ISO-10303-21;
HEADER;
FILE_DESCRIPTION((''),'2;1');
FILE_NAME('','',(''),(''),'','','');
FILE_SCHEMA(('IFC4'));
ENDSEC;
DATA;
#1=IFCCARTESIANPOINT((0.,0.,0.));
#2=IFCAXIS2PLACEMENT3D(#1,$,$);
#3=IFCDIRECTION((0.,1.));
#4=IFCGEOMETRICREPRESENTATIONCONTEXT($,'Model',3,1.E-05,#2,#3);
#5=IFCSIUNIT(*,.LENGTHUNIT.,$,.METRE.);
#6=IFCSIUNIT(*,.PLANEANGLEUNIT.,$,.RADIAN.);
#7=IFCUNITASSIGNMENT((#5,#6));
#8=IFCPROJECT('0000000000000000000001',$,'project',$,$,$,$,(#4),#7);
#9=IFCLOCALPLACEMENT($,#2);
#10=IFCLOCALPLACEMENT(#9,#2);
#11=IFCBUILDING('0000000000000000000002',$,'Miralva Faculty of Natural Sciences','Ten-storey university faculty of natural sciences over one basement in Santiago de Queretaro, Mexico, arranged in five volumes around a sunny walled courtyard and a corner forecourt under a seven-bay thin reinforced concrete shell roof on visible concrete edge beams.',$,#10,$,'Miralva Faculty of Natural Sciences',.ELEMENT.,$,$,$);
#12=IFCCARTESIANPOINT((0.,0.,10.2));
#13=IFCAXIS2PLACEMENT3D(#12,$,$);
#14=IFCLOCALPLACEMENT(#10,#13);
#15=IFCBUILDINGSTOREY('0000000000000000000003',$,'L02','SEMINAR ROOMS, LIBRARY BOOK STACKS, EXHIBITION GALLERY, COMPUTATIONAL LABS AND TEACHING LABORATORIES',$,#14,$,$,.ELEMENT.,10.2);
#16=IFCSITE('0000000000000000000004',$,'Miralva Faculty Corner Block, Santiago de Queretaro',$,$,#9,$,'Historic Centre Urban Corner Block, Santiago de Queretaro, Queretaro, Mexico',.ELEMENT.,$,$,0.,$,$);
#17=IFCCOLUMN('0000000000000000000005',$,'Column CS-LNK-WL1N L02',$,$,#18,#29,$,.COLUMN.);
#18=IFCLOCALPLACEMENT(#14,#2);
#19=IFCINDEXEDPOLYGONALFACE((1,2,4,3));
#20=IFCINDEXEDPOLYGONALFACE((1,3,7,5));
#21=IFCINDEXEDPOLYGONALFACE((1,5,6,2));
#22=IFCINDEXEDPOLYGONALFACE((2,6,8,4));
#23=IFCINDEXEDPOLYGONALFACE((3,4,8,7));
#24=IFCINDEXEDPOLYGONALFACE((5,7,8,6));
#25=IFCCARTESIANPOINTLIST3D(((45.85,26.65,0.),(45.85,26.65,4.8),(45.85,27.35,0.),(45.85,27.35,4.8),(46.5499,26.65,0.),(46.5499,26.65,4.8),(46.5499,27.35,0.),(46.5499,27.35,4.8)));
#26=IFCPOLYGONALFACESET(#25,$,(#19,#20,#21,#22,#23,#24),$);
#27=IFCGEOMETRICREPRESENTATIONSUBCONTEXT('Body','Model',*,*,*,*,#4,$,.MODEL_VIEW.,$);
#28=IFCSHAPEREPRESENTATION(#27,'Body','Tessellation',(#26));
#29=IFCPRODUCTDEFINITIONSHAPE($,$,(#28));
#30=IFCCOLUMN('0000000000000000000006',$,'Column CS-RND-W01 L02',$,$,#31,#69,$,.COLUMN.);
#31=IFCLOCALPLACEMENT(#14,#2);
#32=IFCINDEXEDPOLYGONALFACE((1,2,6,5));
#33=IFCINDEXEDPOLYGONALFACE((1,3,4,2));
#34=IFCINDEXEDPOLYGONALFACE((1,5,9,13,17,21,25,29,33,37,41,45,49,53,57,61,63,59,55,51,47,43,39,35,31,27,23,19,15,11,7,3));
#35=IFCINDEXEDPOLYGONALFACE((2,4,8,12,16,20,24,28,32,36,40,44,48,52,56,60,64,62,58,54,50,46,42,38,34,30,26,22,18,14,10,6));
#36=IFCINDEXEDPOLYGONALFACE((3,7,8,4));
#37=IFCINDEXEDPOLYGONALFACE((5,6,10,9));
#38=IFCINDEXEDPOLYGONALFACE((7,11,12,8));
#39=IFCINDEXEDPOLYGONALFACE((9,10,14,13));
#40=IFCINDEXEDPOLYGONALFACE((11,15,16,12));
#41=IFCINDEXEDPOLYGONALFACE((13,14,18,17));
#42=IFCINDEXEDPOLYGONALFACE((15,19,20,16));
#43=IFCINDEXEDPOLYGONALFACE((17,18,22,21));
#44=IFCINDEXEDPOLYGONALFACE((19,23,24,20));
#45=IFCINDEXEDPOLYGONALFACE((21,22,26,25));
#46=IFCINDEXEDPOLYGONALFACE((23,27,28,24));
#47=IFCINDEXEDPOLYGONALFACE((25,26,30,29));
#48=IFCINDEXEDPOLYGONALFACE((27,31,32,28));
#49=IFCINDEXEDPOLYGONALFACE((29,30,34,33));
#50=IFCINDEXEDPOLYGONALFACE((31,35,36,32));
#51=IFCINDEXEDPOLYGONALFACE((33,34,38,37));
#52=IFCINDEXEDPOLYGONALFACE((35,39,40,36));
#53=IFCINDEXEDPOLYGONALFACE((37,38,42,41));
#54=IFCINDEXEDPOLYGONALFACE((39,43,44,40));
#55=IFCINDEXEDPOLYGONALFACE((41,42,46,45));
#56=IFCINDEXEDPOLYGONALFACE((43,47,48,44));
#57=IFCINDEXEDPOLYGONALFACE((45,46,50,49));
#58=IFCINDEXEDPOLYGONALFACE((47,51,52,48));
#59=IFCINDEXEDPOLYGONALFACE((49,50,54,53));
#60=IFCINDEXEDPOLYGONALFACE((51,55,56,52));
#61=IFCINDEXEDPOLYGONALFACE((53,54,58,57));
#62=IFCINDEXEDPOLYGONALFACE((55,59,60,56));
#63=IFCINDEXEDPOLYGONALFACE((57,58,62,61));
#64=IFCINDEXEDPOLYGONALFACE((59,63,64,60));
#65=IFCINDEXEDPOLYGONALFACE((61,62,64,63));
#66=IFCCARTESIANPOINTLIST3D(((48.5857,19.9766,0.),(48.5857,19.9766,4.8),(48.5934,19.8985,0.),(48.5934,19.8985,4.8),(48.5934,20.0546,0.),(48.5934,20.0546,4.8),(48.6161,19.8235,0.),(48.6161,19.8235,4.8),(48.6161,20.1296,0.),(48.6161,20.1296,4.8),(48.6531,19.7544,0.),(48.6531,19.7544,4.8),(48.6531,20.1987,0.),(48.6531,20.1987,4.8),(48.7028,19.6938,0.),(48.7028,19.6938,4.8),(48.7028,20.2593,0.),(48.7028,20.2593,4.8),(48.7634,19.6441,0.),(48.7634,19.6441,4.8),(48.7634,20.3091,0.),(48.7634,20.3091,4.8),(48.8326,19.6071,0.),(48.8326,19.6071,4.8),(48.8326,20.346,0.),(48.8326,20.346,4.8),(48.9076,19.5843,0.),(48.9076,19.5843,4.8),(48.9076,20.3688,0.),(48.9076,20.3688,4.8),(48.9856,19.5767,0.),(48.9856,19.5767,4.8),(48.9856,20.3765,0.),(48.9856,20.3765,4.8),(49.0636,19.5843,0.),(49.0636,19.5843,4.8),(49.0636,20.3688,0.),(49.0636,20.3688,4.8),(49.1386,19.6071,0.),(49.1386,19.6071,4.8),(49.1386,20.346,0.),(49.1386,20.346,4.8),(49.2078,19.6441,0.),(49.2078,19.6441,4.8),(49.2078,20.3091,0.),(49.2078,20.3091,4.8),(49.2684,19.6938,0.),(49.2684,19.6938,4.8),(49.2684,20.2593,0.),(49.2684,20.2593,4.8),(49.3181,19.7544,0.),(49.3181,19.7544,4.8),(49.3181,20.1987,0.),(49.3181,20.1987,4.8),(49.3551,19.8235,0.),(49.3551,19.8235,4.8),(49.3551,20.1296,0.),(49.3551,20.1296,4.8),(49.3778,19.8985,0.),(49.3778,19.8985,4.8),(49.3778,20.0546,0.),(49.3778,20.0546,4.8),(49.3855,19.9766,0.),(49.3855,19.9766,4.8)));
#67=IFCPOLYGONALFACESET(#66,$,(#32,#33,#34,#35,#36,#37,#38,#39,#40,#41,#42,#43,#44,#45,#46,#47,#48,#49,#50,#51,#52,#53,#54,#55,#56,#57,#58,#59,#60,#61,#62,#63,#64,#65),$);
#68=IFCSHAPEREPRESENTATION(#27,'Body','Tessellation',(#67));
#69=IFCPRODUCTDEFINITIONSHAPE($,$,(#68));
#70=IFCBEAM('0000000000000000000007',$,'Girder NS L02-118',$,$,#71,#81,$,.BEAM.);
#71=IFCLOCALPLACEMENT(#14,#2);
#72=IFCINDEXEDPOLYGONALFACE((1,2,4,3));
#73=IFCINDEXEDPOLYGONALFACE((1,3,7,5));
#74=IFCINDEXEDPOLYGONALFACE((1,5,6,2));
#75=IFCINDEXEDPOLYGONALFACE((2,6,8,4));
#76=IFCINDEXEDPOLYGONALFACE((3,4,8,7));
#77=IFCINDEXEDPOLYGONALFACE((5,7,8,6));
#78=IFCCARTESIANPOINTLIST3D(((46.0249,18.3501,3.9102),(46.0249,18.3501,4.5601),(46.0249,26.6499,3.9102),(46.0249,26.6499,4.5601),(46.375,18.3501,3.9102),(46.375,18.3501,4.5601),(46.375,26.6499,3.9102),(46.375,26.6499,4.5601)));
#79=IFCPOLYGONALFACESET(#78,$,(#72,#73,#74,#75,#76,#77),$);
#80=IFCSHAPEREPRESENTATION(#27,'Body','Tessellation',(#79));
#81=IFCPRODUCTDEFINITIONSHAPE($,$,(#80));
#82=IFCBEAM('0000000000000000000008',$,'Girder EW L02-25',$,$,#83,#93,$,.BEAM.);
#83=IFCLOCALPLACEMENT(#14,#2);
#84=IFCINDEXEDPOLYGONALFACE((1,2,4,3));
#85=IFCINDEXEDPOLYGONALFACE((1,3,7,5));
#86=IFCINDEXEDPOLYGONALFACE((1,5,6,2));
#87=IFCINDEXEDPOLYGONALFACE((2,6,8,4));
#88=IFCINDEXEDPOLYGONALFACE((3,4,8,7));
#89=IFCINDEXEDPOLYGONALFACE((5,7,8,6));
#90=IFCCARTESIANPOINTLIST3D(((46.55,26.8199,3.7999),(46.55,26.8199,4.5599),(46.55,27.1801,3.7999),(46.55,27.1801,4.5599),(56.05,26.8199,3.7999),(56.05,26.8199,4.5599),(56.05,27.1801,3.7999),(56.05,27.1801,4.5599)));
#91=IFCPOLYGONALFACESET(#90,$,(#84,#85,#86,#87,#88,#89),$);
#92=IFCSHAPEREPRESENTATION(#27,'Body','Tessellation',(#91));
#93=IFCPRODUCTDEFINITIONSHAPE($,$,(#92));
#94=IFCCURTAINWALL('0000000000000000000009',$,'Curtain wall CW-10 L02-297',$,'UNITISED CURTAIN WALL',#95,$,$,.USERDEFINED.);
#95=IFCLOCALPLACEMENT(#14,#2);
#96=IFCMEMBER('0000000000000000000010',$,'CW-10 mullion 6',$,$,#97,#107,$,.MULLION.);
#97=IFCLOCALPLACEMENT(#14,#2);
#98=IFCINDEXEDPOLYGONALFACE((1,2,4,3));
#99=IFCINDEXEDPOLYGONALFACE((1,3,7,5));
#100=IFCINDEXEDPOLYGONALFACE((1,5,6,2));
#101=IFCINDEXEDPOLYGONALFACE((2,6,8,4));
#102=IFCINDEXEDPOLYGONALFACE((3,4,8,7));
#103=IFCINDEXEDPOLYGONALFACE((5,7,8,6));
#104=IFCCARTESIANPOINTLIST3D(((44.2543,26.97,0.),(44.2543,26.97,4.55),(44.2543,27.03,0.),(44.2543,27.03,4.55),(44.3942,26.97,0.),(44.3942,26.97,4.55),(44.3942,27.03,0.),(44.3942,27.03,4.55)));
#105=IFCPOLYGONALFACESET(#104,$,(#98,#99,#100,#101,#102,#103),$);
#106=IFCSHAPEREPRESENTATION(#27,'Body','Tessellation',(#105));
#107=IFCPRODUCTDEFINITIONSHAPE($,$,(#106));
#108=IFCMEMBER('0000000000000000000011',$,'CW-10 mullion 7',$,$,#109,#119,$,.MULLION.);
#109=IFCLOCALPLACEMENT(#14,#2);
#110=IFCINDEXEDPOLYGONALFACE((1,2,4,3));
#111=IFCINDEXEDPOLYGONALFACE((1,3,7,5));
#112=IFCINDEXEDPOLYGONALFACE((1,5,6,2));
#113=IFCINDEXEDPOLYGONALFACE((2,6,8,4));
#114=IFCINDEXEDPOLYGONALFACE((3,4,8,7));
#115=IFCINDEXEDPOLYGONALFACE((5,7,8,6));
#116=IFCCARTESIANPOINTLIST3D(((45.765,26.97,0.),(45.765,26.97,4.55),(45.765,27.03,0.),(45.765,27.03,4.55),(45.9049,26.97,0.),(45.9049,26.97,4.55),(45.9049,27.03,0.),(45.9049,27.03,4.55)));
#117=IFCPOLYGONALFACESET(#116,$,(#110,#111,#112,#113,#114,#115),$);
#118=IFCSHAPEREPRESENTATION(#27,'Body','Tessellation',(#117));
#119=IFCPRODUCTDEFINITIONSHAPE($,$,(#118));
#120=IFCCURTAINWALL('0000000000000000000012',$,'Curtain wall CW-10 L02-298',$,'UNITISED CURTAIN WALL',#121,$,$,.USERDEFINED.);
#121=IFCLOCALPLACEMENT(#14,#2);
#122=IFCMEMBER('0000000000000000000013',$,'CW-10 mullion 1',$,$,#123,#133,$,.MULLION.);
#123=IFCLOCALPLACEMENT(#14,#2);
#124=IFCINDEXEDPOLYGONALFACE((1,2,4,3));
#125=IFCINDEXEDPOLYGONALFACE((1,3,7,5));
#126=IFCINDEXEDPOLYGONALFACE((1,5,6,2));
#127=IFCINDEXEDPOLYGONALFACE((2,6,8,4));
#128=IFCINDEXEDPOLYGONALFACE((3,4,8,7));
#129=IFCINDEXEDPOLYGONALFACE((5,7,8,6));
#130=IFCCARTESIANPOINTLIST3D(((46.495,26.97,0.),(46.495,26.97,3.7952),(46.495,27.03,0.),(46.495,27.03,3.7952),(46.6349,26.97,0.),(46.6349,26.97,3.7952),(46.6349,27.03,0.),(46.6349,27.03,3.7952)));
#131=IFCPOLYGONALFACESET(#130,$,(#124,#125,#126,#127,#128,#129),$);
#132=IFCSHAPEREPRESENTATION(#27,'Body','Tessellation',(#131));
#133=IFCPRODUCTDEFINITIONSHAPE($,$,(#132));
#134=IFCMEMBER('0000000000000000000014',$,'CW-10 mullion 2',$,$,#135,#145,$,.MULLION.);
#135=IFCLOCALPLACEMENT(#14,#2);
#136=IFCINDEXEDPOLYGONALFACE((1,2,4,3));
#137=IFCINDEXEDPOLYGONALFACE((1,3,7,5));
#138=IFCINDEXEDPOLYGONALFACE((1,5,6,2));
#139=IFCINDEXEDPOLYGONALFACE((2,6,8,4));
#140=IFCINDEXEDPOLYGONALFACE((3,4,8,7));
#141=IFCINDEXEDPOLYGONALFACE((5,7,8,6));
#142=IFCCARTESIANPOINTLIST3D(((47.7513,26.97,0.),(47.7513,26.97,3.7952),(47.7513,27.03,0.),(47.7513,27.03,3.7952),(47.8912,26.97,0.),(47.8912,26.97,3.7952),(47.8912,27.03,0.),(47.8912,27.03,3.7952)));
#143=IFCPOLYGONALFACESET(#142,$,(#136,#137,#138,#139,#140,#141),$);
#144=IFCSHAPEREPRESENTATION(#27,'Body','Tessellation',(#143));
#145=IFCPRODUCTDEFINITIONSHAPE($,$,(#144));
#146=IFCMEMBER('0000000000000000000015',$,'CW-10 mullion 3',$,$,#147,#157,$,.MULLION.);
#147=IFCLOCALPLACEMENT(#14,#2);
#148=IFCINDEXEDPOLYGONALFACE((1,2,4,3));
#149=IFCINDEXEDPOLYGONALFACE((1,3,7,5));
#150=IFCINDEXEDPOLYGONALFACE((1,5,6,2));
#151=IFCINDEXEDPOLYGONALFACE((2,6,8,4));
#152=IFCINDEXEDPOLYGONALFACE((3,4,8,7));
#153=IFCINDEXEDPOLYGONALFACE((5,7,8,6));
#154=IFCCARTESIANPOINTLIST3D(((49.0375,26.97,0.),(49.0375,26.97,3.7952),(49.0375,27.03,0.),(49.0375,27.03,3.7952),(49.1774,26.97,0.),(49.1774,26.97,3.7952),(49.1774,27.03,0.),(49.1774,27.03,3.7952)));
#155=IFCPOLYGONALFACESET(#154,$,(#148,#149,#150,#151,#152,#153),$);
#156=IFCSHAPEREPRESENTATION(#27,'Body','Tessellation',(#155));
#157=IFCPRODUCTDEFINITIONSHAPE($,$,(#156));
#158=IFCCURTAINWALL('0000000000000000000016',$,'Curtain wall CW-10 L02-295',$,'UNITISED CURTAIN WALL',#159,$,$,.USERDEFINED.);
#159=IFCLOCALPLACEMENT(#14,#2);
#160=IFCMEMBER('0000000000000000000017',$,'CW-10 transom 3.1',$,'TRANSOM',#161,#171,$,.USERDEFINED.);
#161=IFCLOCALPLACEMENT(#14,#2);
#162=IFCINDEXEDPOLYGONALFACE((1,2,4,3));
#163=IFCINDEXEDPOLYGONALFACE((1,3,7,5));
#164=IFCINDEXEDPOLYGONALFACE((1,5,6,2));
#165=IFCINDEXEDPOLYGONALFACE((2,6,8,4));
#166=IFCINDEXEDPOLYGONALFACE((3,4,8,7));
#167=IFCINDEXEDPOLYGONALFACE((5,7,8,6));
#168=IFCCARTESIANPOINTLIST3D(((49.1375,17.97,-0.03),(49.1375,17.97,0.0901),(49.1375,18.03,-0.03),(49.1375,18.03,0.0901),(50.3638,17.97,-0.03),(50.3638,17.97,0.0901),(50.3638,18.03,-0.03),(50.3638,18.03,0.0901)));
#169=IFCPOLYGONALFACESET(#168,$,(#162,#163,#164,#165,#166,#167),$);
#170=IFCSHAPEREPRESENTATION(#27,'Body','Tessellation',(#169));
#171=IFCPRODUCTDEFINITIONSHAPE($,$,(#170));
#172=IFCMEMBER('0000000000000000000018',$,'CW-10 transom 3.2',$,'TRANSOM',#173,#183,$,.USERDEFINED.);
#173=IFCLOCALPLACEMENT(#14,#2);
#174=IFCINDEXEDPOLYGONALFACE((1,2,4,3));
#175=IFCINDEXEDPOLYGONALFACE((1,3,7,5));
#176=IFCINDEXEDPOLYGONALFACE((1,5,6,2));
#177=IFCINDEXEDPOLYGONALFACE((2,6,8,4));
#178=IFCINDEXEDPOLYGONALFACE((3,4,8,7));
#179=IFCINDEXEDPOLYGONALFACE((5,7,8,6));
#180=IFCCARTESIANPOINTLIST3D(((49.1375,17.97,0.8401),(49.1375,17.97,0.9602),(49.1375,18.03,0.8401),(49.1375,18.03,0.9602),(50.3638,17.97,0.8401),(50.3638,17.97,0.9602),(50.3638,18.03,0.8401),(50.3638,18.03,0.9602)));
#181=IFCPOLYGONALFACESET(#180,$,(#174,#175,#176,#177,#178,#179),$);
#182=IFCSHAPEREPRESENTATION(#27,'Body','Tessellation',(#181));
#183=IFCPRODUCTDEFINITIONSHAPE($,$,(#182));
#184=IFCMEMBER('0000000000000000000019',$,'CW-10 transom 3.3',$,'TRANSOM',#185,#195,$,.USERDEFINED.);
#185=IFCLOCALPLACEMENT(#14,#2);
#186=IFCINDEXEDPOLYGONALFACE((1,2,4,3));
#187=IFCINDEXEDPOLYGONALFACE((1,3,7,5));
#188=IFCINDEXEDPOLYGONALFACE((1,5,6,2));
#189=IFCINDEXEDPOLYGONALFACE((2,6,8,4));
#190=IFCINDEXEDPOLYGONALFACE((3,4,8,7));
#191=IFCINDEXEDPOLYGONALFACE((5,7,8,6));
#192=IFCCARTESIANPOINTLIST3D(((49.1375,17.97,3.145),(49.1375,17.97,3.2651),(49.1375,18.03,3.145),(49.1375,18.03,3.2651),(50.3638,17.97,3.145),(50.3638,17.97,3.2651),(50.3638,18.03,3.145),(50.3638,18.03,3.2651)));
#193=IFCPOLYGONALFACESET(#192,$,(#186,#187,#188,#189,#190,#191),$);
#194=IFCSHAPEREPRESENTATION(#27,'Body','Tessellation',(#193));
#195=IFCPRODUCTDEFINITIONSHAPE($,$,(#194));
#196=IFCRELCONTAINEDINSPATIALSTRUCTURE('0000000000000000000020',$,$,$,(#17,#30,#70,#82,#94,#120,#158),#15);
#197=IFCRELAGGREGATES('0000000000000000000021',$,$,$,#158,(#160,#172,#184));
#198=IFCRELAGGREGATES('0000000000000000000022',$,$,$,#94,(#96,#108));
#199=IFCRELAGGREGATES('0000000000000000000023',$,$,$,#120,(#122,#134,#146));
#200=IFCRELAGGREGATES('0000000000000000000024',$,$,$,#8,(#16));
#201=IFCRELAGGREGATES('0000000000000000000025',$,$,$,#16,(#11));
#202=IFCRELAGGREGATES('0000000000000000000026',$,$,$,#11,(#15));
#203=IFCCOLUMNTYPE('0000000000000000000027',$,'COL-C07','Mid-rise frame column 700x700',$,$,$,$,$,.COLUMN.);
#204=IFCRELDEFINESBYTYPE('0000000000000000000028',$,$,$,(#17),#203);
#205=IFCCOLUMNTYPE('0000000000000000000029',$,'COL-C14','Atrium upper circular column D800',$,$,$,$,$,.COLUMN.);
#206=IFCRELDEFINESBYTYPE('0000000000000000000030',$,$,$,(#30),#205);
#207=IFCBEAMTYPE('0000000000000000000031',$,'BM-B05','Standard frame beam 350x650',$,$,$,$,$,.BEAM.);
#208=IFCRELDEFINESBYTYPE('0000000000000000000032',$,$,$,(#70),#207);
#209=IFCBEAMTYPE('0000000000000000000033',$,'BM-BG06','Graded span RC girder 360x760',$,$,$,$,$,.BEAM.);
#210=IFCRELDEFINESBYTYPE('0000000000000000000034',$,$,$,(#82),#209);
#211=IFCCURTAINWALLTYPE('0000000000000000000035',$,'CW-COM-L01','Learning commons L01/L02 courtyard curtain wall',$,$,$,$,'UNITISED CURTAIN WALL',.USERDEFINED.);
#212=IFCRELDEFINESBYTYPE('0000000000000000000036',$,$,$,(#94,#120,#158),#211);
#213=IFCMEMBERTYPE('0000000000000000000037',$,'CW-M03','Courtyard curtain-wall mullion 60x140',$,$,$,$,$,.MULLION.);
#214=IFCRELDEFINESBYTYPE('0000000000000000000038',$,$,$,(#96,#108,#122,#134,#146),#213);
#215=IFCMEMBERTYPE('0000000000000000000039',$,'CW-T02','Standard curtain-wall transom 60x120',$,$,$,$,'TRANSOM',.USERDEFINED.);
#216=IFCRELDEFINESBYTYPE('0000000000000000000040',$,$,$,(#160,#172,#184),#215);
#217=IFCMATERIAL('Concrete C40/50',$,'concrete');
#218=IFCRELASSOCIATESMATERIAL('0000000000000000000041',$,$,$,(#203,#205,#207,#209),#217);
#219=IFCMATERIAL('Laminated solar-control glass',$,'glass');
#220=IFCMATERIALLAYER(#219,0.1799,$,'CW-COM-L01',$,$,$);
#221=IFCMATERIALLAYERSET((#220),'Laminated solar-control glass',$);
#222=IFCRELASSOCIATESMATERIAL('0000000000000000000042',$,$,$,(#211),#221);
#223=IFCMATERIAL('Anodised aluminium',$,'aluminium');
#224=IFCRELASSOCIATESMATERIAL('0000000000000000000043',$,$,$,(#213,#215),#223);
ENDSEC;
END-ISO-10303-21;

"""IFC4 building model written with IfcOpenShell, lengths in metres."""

from ifc_helpers import new_model, si_unit, direction, frame, origin, origin_2d, place, context, subcontext, project, spatial, rectangle, circle, extrude, material, layer, layer_set, material_profile, profile_set, type_object, element, aggregate, save


model = new_model("IFC4")

# Units and contexts
model_context = context("Model", 3, precision=1e-05, world=origin(), true_north=direction((0.0, 1.0)))
body_context = subcontext(model_context, "Body", "Model", "MODEL_VIEW")
ifc_project = project(units=[si_unit("LENGTHUNIT", "METRE"), si_unit("PLANEANGLEUNIT", "RADIAN")], contexts=[model_context])

# Site, building, storey
site_placement = place(None, origin())
site = spatial("IfcSite", under=ifc_project, at=site_placement, Name="Miralva Faculty Corner Block, Santiago de Queretaro", LongName="Historic Centre Urban Corner Block, Santiago de Queretaro, Queretaro, Mexico", CompositionType="ELEMENT", RefElevation=0.0)
building_placement = place(site_placement, origin())
building = spatial("IfcBuilding", under=site, at=building_placement, Name="Miralva Faculty of Natural Sciences", Description="Ten-storey university faculty of natural sciences over one basement in Santiago de Queretaro, Mexico, arranged in five volumes around a sunny walled courtyard and a corner forecourt under a seven-bay thin reinforced concrete shell roof on visible concrete edge beams.", LongName="Miralva Faculty of Natural Sciences", CompositionType="ELEMENT")
storey_placement = place(building_placement, frame((0.0, 0.0, 10.2)))
storey = spatial("IfcBuildingStorey", under=building, at=storey_placement, Name="L02", Description="SEMINAR ROOMS, LIBRARY BOOK STACKS, EXHIBITION GALLERY, COMPUTATIONAL LABS AND TEACHING LABORATORIES", CompositionType="ELEMENT", Elevation=10.2)

# Columns
ifc_material_1 = material(Name="Concrete C40/50", Category="concrete")
ifc_material_profile_1 = material_profile(ifc_material_1, rectangle(XDim=0.7, YDim=0.7, at=origin_2d()), Name="RC 700x700")
ifc_profile_set_1 = profile_set([ifc_material_profile_1], Name="Concrete C40/50")
column_type_1 = type_object("IfcColumnType", Name="COL-C07", Description="Mid-rise frame column 700x700", PredefinedType="COLUMN", material=ifc_profile_set_1)
column_1_placement = place(storey_placement, frame((46.2, 27.0, 0.0), z_axis=(0.0, 0.0, 1.0), x_axis=(1.0, 0.0, 0.0)))
element("IfcColumn", 1, at=column_1_placement, inside=storey, type_object=column_type_1, Name="Column CS-LNK-WL1N L02", PredefinedType="COLUMN", context=body_context, shape_type="SweptSolid", body=[
    extrude(rectangle(XDim=0.7, YDim=0.7, at=origin_2d()), origin(), (0.0, 0.0, 1.0), 4.8),
])
ifc_material_profile_2 = material_profile(ifc_material_1, circle(Radius=0.3999, at=origin_2d()), Name="RC DIA 800")
ifc_profile_set_2 = profile_set([ifc_material_profile_2], Name="Concrete C40/50")
column_type_2 = type_object("IfcColumnType", Name="COL-C14", Description="Atrium upper circular column D800", PredefinedType="COLUMN", material=ifc_profile_set_2)
column_2_placement = place(storey_placement, frame((48.9856, 19.9766, 0.0), z_axis=(0.0, 0.0, 1.0), x_axis=(1.0, 0.0, 0.0)))
element("IfcColumn", 2, at=column_2_placement, inside=storey, type_object=column_type_2, Name="Column CS-RND-W01 L02", PredefinedType="COLUMN", context=body_context, shape_type="SweptSolid", body=[
    extrude(circle(Radius=0.3999, at=origin_2d()), origin(), (0.0, 0.0, 1.0), 4.8),
])

# Beams
ifc_material_profile_3 = material_profile(ifc_material_1, rectangle(XDim=0.3501, YDim=0.6499, at=origin_2d()), Name="RC 350x650")
ifc_profile_set_3 = profile_set([ifc_material_profile_3], Name="Concrete C40/50")
beam_type_1 = type_object("IfcBeamType", Name="BM-B05", Description="Standard frame beam 350x650", PredefinedType="BEAM", material=ifc_profile_set_3)
beam_1_placement = place(storey_placement, frame((46.2, 18.3501, 4.2351), z_axis=(0.0, 1.0, 0.0), x_axis=(-1.0, 0.0, 0.0)))
element("IfcBeam", 3, at=beam_1_placement, inside=storey, type_object=beam_type_1, Name="Girder NS L02-118", PredefinedType="BEAM", context=body_context, shape_type="SweptSolid", body=[
    extrude(rectangle(XDim=0.3501, YDim=0.6499, at=origin_2d()), origin(), (0.0, 0.0, 1.0), 8.2998),
])
ifc_material_profile_4 = material_profile(ifc_material_1, rectangle(XDim=0.3601, YDim=0.76, at=origin_2d()), Name="RC 360x760")
ifc_profile_set_4 = profile_set([ifc_material_profile_4], Name="Concrete C40/50")
beam_type_2 = type_object("IfcBeamType", Name="BM-BG06", Description="Graded span RC girder 360x760", PredefinedType="BEAM", material=ifc_profile_set_4)
beam_2_placement = place(storey_placement, frame((46.55, 27.0, 4.1799), z_axis=(1.0, 0.0, 0.0), x_axis=(0.0, 1.0, 0.0)))
element("IfcBeam", 4, at=beam_2_placement, inside=storey, type_object=beam_type_2, Name="Girder EW L02-25", PredefinedType="BEAM", context=body_context, shape_type="SweptSolid", body=[
    extrude(rectangle(XDim=0.3601, YDim=0.76, at=origin_2d()), origin(), (0.0, 0.0, 1.0), 9.5),
])

# Curtain walls, members
ifc_material_2 = material(Name="Laminated solar-control glass", Category="glass")
ifc_layer_1 = layer(ifc_material_2, 0.1799, Name="CW-COM-L01")
ifc_layer_set_1 = layer_set([ifc_layer_1], Name="Laminated solar-control glass")
curtain_wall_type = type_object("IfcCurtainWallType", Name="CW-COM-L01", Description="Learning commons L01/L02 courtyard curtain wall", ElementType="UNITISED CURTAIN WALL", PredefinedType="USERDEFINED", material=ifc_layer_set_1)
curtain_wall_1_placement = place(storey_placement, origin())
curtain_wall_1 = element("IfcCurtainWall", 5, at=curtain_wall_1_placement, inside=storey, type_object=curtain_wall_type, Name="Curtain wall CW-10 L02-297", ObjectType="UNITISED CURTAIN WALL", PredefinedType="USERDEFINED")
ifc_material_3 = material(Name="Anodised aluminium", Category="aluminium")
ifc_material_profile_5 = material_profile(ifc_material_3, rectangle(XDim=0.0601, YDim=0.1399, at=origin_2d()), Name="MULLION 60x140")
ifc_profile_set_5 = profile_set([ifc_material_profile_5], Name="Anodised aluminium")
member_type_1 = type_object("IfcMemberType", Name="CW-M03", Description="Courtyard curtain-wall mullion 60x140", PredefinedType="MULLION", material=ifc_profile_set_5)
member_1_placement = place(storey_placement, frame((44.3242, 27.0, 0.0), z_axis=(0.0, 0.0, 1.0), x_axis=(0.0, 1.0, 0.0)))
member_1 = element("IfcMember", 6, at=member_1_placement, type_object=member_type_1, Name="CW-10 mullion 6", PredefinedType="MULLION", context=body_context, shape_type="SweptSolid", body=[
    extrude(rectangle(XDim=0.0601, YDim=0.1399, at=origin_2d()), origin(), (0.0, 0.0, 1.0), 4.55),
])
member_2_placement = place(storey_placement, frame((45.835, 27.0, 0.0), z_axis=(0.0, 0.0, 1.0), x_axis=(0.0, 1.0, 0.0)))
member_2 = element("IfcMember", 7, at=member_2_placement, type_object=member_type_1, Name="CW-10 mullion 7", PredefinedType="MULLION", context=body_context, shape_type="SweptSolid", body=[
    extrude(rectangle(XDim=0.0601, YDim=0.1399, at=origin_2d()), origin(), (0.0, 0.0, 1.0), 4.55),
])
curtain_wall_2_placement = place(storey_placement, origin())
curtain_wall_2 = element("IfcCurtainWall", 8, at=curtain_wall_2_placement, inside=storey, type_object=curtain_wall_type, Name="Curtain wall CW-10 L02-298", ObjectType="UNITISED CURTAIN WALL", PredefinedType="USERDEFINED")
member_3_placement = place(storey_placement, frame((46.5649, 27.0, 0.0), z_axis=(0.0, 0.0, 1.0), x_axis=(0.0, 1.0, 0.0)))
member_3 = element("IfcMember", 9, at=member_3_placement, type_object=member_type_1, Name="CW-10 mullion 1", PredefinedType="MULLION", context=body_context, shape_type="SweptSolid", body=[
    extrude(rectangle(XDim=0.0601, YDim=0.1399, at=origin_2d()), origin(), (0.0, 0.0, 1.0), 3.7952),
])
member_4_placement = place(storey_placement, frame((47.8213, 27.0, 0.0), z_axis=(0.0, 0.0, 1.0), x_axis=(0.0, 1.0, 0.0)))
member_4 = element("IfcMember", 10, at=member_4_placement, type_object=member_type_1, Name="CW-10 mullion 2", PredefinedType="MULLION", context=body_context, shape_type="SweptSolid", body=[
    extrude(rectangle(XDim=0.0601, YDim=0.1399, at=origin_2d()), origin(), (0.0, 0.0, 1.0), 3.7952),
])
member_5_placement = place(storey_placement, frame((49.1074, 27.0, 0.0), z_axis=(0.0, 0.0, 1.0), x_axis=(0.0, 1.0, 0.0)))
member_5 = element("IfcMember", 11, at=member_5_placement, type_object=member_type_1, Name="CW-10 mullion 3", PredefinedType="MULLION", context=body_context, shape_type="SweptSolid", body=[
    extrude(rectangle(XDim=0.0601, YDim=0.1399, at=origin_2d()), origin(), (0.0, 0.0, 1.0), 3.7952),
])
curtain_wall_3_placement = place(storey_placement, origin())
curtain_wall_3 = element("IfcCurtainWall", 12, at=curtain_wall_3_placement, inside=storey, type_object=curtain_wall_type, Name="Curtain wall CW-10 L02-295", ObjectType="UNITISED CURTAIN WALL", PredefinedType="USERDEFINED")
ifc_material_profile_6 = material_profile(ifc_material_3, rectangle(XDim=0.0601, YDim=0.1201, at=origin_2d()), Name="TRANSOM 60x120")
ifc_profile_set_6 = profile_set([ifc_material_profile_6], Name="Anodised aluminium")
member_type_2 = type_object("IfcMemberType", Name="CW-T02", Description="Standard curtain-wall transom 60x120", ElementType="TRANSOM", PredefinedType="USERDEFINED", material=ifc_profile_set_6)
member_6_placement = place(storey_placement, frame((49.1375, 18.0, 0.03), z_axis=(1.0, 0.0, 0.0), x_axis=(0.0, 1.0, 0.0)))
member_6 = element("IfcMember", 13, at=member_6_placement, type_object=member_type_2, Name="CW-10 transom 3.1", ObjectType="TRANSOM", PredefinedType="USERDEFINED", context=body_context, shape_type="SweptSolid", body=[
    extrude(rectangle(XDim=0.0601, YDim=0.1201, at=origin_2d()), origin(), (0.0, 0.0, 1.0), 1.2263),
])
member_7_placement = place(storey_placement, frame((49.1375, 18.0, 0.9001), z_axis=(1.0, 0.0, 0.0), x_axis=(0.0, 1.0, 0.0)))
member_7 = element("IfcMember", 14, at=member_7_placement, type_object=member_type_2, Name="CW-10 transom 3.2", ObjectType="TRANSOM", PredefinedType="USERDEFINED", context=body_context, shape_type="SweptSolid", body=[
    extrude(rectangle(XDim=0.0601, YDim=0.1201, at=origin_2d()), origin(), (0.0, 0.0, 1.0), 1.2263),
])
member_8_placement = place(storey_placement, frame((49.1375, 18.0, 3.2051), z_axis=(1.0, 0.0, 0.0), x_axis=(0.0, 1.0, 0.0)))
member_8 = element("IfcMember", 15, at=member_8_placement, type_object=member_type_2, Name="CW-10 transom 3.3", ObjectType="TRANSOM", PredefinedType="USERDEFINED", context=body_context, shape_type="SweptSolid", body=[
    extrude(rectangle(XDim=0.0601, YDim=0.1201, at=origin_2d()), origin(), (0.0, 0.0, 1.0), 1.2263),
])
aggregate(curtain_wall_3, [member_6, member_7, member_8])

aggregate(curtain_wall_1, [member_1, member_2])
aggregate(curtain_wall_2, [member_3, member_4, member_5])

save(model, "model.ifc")
